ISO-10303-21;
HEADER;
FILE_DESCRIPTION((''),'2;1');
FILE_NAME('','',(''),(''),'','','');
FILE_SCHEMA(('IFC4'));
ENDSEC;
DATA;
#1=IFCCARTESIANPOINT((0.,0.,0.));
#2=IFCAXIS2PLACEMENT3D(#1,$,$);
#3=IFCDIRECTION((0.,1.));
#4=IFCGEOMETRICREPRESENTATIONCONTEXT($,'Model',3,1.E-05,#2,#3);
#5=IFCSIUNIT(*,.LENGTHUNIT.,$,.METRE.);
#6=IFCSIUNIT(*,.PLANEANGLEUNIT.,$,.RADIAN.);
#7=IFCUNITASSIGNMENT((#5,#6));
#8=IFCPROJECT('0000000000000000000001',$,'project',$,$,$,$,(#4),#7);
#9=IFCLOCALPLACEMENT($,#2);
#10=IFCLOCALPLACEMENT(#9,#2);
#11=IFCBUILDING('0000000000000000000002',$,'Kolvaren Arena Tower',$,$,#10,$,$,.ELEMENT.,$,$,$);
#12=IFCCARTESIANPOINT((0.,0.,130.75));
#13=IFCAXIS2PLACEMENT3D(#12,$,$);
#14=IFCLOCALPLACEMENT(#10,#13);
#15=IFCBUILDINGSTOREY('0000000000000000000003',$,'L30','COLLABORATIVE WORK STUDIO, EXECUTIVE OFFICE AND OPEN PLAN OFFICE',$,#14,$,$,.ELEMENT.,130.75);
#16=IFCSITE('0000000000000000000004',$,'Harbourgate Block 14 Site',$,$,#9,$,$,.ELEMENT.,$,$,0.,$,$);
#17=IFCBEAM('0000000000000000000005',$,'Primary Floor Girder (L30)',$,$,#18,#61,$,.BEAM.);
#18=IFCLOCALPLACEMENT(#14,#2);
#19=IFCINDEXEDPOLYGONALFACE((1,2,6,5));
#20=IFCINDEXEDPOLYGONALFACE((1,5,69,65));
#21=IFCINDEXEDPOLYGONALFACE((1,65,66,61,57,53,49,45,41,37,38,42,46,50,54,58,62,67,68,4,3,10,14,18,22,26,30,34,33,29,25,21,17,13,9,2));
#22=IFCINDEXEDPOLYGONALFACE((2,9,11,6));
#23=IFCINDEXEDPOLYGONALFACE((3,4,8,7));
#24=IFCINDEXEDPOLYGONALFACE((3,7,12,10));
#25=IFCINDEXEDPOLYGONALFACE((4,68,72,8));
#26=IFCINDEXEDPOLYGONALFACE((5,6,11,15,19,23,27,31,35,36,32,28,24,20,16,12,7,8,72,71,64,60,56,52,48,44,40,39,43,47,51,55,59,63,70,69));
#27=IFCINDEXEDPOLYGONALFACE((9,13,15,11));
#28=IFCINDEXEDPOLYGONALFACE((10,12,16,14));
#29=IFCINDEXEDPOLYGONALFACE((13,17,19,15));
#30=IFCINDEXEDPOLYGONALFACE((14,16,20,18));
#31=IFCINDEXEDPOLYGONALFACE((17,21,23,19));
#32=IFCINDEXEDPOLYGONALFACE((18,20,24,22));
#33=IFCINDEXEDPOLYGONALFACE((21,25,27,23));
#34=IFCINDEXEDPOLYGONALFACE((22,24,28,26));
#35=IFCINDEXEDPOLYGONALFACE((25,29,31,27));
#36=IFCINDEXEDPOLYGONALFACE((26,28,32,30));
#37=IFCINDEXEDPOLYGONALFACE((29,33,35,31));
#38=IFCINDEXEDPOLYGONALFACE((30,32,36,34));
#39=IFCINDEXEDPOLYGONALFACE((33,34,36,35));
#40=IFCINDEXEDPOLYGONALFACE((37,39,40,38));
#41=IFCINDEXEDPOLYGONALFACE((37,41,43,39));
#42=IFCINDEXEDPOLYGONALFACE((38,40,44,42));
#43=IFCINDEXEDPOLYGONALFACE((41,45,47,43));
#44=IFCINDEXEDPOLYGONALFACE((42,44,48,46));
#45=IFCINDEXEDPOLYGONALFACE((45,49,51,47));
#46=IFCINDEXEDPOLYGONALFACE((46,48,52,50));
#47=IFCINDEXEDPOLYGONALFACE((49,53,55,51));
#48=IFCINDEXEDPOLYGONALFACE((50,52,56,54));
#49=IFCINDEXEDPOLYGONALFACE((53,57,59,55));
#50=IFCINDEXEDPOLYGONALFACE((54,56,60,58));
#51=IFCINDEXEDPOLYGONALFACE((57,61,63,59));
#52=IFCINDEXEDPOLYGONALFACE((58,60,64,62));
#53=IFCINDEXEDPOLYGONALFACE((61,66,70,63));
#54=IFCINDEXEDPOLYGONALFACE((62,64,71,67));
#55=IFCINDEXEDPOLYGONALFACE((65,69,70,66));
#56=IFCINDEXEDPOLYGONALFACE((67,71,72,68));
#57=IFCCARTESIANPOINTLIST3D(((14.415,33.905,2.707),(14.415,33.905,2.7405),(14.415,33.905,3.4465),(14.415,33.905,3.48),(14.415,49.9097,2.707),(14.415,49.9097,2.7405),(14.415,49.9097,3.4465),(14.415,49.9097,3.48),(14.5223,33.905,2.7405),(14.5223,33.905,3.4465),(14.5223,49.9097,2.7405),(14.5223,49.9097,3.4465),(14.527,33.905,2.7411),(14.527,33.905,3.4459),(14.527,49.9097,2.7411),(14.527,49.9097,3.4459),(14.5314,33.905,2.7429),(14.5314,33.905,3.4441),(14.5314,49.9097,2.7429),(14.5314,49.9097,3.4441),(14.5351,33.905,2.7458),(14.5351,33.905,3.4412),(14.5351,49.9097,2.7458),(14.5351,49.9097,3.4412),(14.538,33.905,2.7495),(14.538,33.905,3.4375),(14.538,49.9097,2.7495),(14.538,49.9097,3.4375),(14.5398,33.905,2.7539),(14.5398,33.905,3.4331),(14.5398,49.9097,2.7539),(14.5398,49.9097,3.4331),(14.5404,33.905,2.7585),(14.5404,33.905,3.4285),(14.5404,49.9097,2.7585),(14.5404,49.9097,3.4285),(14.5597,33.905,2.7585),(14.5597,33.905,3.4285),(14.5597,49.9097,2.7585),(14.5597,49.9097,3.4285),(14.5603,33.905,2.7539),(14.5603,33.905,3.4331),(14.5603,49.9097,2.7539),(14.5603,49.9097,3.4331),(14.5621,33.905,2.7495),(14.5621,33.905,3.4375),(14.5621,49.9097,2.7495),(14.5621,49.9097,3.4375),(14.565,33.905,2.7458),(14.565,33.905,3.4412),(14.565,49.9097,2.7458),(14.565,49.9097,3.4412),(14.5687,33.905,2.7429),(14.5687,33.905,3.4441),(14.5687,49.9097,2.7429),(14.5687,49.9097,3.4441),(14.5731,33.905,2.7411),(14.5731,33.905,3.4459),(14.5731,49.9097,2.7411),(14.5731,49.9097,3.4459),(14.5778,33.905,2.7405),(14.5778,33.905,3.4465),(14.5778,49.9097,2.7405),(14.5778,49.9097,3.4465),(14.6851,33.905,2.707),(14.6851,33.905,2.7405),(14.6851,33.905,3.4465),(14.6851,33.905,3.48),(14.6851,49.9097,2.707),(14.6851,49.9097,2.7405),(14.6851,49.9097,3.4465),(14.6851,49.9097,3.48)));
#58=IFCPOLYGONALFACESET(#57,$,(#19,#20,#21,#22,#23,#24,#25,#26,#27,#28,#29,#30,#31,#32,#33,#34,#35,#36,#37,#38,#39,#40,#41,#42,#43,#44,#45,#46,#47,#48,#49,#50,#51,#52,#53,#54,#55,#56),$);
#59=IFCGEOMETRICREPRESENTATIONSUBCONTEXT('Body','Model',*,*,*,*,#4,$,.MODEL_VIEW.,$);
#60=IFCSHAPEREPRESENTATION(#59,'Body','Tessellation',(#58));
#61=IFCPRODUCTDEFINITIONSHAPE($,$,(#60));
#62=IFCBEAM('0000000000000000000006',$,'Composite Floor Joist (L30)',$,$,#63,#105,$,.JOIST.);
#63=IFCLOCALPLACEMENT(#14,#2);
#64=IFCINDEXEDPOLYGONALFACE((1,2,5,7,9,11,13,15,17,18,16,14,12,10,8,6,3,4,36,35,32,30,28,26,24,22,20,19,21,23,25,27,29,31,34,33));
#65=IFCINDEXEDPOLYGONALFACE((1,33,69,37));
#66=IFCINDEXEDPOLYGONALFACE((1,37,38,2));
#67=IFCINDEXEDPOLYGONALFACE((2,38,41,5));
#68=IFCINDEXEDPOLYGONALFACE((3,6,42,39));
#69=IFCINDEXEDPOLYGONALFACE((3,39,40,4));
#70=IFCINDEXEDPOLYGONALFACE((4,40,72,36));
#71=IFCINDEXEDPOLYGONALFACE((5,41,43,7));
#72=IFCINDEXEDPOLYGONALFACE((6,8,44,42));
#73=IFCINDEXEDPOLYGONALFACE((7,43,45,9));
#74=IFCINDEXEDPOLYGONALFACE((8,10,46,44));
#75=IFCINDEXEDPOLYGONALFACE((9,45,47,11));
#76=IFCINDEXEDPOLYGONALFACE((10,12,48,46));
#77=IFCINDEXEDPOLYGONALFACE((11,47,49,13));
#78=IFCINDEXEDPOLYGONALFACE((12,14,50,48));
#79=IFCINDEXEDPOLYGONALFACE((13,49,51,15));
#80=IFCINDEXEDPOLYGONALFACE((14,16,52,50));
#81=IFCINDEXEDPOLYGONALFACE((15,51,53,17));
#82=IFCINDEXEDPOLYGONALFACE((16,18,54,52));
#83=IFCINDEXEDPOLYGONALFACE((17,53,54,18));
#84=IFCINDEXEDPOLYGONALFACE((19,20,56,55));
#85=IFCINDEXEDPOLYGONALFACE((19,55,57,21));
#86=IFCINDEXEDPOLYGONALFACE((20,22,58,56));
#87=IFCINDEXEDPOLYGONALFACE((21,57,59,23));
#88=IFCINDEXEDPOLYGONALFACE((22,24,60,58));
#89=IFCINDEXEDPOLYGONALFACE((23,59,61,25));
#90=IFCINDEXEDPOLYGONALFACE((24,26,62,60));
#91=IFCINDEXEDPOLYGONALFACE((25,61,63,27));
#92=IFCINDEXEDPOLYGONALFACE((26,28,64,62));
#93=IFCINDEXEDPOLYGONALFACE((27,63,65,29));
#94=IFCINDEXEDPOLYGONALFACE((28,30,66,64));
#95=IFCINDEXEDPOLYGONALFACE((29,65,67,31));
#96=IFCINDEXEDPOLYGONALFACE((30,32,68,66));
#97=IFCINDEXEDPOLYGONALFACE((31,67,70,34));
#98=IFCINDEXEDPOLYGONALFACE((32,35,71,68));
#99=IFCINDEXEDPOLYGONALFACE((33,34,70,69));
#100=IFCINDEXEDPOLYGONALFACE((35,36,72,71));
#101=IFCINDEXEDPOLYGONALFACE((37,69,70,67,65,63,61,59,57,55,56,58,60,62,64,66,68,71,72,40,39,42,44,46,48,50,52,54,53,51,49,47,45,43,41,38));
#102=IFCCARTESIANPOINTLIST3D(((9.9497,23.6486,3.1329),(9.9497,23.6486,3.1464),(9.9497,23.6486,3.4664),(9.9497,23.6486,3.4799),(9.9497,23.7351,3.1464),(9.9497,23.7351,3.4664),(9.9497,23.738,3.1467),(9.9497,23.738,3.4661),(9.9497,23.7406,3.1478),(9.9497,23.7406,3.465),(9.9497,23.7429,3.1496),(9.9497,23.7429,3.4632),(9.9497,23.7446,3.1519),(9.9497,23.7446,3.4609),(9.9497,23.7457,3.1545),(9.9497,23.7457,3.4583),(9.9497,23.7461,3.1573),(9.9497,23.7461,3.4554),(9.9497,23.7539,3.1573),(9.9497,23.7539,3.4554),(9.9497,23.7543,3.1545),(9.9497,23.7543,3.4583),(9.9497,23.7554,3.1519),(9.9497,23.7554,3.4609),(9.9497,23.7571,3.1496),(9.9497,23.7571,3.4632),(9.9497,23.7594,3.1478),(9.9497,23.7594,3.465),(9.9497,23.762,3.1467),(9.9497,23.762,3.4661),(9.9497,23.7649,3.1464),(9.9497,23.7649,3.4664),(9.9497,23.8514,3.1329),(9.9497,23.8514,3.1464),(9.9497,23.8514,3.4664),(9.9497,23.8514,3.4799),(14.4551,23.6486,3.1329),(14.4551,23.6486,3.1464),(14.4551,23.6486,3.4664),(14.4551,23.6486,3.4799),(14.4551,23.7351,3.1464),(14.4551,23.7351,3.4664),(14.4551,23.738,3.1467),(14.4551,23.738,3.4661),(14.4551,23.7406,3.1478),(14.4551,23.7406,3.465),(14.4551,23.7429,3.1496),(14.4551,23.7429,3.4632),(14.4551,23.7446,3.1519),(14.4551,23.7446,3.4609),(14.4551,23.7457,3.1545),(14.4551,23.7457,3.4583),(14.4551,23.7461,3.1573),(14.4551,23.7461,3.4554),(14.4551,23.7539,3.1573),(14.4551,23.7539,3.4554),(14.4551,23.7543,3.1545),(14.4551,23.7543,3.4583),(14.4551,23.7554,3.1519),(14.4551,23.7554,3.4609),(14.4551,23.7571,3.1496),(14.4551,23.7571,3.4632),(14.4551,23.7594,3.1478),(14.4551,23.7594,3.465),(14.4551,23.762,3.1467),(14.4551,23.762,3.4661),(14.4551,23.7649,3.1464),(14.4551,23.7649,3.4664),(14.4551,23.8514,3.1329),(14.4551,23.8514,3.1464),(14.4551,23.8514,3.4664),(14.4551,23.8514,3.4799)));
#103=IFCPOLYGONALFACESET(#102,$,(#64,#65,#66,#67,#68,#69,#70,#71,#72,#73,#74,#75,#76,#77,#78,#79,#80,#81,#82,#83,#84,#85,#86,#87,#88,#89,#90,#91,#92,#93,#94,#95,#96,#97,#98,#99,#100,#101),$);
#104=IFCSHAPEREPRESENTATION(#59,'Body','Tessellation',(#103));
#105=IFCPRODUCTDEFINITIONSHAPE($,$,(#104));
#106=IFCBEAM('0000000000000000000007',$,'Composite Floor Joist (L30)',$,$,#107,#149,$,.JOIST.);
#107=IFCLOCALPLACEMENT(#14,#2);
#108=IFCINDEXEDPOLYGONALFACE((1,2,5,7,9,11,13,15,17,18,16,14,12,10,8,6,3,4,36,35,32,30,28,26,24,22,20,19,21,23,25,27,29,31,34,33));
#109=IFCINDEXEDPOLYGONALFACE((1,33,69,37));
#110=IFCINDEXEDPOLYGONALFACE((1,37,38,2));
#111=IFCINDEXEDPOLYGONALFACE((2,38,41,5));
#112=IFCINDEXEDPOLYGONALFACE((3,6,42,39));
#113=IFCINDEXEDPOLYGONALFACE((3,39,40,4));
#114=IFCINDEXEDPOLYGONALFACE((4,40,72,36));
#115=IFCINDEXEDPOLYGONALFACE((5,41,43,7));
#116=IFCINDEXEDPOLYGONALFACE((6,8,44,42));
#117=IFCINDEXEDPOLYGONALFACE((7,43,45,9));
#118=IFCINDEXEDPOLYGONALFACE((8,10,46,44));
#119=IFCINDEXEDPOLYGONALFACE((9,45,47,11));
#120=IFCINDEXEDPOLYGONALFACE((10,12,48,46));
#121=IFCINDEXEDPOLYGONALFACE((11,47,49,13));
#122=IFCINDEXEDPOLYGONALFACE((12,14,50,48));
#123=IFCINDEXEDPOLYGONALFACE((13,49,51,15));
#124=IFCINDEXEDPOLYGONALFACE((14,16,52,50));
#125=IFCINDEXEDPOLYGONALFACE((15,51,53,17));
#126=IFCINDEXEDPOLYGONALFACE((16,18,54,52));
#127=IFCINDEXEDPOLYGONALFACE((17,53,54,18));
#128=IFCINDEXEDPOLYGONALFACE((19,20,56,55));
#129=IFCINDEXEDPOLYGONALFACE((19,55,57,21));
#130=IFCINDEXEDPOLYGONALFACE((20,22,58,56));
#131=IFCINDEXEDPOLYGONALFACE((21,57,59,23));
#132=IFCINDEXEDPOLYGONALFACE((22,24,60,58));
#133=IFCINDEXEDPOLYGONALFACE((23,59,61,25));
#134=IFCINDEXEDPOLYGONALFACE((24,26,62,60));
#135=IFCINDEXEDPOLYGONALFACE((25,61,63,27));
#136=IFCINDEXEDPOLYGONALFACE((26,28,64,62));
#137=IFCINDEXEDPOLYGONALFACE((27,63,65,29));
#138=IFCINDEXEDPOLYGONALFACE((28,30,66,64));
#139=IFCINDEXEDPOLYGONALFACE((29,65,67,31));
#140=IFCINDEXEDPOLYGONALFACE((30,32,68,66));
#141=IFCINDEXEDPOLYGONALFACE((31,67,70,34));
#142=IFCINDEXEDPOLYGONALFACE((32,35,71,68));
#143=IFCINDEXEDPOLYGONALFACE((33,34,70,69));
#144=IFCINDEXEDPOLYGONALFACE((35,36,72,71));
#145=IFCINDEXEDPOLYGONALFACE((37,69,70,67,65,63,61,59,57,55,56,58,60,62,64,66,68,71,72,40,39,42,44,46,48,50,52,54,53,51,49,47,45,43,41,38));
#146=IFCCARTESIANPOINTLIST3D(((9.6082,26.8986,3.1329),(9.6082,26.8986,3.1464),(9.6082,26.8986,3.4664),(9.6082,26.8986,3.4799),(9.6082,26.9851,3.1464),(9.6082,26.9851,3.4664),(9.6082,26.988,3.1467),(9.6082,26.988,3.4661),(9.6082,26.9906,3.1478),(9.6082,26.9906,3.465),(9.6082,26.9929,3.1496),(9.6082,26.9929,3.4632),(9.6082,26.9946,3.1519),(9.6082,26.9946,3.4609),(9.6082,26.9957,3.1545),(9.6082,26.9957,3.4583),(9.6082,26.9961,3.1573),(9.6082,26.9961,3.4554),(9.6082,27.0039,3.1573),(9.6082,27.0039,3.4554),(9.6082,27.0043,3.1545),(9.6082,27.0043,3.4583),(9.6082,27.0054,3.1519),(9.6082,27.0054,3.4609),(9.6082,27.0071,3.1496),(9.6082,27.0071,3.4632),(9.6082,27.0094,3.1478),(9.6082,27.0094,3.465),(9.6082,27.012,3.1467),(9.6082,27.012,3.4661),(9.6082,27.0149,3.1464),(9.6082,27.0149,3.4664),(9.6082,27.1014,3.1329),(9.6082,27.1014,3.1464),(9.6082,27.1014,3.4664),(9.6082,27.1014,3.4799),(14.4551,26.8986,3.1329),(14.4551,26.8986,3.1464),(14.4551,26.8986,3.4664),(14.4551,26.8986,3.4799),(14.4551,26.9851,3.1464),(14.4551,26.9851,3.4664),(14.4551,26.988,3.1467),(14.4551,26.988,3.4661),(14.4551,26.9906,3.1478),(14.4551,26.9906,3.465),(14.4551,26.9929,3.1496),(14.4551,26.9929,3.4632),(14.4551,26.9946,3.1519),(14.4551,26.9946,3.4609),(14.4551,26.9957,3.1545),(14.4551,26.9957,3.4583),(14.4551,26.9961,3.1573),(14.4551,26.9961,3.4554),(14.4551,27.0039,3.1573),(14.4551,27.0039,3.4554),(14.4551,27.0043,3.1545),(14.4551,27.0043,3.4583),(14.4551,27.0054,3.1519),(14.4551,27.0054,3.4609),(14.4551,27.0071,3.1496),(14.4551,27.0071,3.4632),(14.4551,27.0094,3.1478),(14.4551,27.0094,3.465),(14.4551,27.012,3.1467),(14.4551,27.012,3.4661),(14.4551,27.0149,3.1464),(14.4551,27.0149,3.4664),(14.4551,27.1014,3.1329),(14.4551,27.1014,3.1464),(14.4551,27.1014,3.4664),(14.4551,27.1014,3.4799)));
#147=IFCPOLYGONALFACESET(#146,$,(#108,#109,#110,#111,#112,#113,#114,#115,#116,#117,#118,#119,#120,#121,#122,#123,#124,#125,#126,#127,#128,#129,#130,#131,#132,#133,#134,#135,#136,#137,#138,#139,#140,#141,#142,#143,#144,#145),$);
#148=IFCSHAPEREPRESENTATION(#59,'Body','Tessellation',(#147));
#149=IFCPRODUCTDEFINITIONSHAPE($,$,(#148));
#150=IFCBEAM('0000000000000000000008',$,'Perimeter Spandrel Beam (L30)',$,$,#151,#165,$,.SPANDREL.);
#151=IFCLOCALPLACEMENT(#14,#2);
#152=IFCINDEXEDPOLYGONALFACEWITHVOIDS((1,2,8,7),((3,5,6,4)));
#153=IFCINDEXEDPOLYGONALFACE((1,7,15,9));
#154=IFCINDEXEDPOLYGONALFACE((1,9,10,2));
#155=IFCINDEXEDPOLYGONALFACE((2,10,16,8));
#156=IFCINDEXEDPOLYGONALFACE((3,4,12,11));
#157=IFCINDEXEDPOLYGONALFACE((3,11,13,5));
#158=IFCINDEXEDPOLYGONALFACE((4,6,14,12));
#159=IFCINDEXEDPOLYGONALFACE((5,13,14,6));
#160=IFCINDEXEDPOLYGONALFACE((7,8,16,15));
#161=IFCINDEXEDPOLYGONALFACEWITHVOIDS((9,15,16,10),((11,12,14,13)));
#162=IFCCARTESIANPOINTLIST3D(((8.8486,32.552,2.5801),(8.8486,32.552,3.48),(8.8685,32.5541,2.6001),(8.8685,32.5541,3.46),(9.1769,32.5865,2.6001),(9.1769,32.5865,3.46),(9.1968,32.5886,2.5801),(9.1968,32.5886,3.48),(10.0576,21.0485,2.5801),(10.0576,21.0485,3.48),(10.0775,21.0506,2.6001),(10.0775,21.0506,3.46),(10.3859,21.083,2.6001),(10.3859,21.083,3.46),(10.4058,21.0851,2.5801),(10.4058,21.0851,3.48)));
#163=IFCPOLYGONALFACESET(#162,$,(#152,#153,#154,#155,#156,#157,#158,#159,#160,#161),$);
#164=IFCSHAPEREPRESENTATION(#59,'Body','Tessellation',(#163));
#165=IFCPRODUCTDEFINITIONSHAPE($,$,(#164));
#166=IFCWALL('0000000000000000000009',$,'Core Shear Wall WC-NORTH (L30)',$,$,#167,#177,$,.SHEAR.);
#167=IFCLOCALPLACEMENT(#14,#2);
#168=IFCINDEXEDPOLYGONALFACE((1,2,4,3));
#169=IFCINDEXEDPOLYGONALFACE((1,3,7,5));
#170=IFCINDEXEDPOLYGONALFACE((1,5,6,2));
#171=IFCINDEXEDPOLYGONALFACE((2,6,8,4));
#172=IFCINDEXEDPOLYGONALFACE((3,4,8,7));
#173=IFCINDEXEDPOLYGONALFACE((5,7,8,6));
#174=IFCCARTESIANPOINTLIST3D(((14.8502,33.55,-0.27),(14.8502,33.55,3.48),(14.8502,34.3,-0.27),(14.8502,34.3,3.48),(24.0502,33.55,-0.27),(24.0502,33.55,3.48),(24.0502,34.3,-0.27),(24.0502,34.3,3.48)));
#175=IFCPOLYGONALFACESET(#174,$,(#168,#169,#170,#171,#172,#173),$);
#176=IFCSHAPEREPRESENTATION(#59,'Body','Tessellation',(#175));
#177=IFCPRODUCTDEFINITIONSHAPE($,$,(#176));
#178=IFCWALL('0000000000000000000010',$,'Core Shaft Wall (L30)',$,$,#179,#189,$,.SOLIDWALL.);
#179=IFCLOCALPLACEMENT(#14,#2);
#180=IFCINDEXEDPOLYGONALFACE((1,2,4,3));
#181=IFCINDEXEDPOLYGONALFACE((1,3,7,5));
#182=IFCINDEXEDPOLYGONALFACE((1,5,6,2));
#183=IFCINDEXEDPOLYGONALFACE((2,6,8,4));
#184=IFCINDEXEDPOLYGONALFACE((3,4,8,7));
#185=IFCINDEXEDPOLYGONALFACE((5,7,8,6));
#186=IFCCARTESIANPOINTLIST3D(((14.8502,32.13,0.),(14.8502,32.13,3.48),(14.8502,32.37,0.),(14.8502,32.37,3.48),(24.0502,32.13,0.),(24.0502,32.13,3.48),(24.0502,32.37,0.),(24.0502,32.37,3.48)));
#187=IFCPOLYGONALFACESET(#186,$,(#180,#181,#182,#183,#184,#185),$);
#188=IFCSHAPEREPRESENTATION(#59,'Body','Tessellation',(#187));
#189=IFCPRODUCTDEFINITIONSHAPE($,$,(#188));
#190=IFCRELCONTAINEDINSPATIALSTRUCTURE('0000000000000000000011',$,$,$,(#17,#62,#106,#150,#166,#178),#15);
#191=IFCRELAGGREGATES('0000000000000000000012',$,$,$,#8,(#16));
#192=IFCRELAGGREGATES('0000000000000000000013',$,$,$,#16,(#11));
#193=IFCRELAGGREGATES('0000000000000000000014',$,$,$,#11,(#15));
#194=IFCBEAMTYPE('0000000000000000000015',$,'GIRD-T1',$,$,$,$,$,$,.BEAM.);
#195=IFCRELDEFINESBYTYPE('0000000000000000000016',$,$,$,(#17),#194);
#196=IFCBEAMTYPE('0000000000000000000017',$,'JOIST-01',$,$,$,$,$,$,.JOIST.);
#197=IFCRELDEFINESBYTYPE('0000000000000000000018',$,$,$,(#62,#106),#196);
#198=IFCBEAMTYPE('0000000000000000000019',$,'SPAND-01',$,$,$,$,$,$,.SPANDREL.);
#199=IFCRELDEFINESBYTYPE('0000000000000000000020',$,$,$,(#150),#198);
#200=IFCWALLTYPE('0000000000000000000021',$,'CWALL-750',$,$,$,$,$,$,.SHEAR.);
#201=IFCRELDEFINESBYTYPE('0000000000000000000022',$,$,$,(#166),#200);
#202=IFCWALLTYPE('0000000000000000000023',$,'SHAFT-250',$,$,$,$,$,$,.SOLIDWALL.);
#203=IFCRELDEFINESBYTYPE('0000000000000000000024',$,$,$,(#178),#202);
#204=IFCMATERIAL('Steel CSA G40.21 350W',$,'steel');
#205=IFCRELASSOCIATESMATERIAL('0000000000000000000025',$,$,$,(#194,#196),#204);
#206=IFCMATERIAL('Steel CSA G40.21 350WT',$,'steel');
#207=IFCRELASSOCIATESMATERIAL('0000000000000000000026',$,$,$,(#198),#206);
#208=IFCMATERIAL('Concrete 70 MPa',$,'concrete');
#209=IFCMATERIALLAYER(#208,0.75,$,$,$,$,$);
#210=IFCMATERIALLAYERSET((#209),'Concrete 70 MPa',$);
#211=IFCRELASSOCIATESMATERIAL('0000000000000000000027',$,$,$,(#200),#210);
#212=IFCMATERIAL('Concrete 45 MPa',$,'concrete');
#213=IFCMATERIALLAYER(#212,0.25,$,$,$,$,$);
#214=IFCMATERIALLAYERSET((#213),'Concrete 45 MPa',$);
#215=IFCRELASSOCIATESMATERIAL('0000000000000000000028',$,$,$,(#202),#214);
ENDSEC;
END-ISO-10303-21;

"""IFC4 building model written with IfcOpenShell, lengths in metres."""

from ifc_helpers import new_model, si_unit, direction, frame, frame_2d, origin, origin_2d, place, context, subcontext, project, spatial, rectangle, hollow_rectangle, i_section, extrude, material, layer, layer_set, material_profile, profile_set, type_object, element, save


model = new_model("IFC4")

# Units and contexts
model_context = context("Model", 3, precision=1e-05, world=origin(), true_north=direction((0.0, 1.0)))
body_context = subcontext(model_context, "Body", "Model", "MODEL_VIEW")
ifc_project = project(units=[si_unit("LENGTHUNIT", "METRE"), si_unit("PLANEANGLEUNIT", "RADIAN")], contexts=[model_context])

# Site, building, storey
site_placement = place(None, origin())
site = spatial("IfcSite", under=ifc_project, at=site_placement, Name="Harbourgate Block 14 Site", CompositionType="ELEMENT", RefElevation=0.0)
building_placement = place(site_placement, origin())
building = spatial("IfcBuilding", under=site, at=building_placement, Name="Kolvaren Arena Tower", CompositionType="ELEMENT")
storey_placement = place(building_placement, frame((0.0, 0.0, 130.75)))
storey = spatial("IfcBuildingStorey", under=building, at=storey_placement, Name="L30", Description="COLLABORATIVE WORK STUDIO, EXECUTIVE OFFICE AND OPEN PLAN OFFICE", CompositionType="ELEMENT", Elevation=130.75)

# Beams
ifc_material_1 = material(Name="Steel CSA G40.21 350W", Category="steel")
ifc_material_profile_1 = material_profile(ifc_material_1, i_section(OverallWidth=0.27, OverallDepth=0.7729, WebThickness=0.0193, FlangeThickness=0.0334, FilletRadius=0.0181, at=origin_2d()), Name="W760x257")
ifc_profile_set_1 = profile_set([ifc_material_profile_1], Name="Steel CSA G40.21 350W")
beam_type_1 = type_object("IfcBeamType", Name="GIRD-T1", PredefinedType="BEAM", material=ifc_profile_set_1)
beam_1_placement = place(storey_placement, frame((14.55, 33.905, 3.0935), z_axis=(0.0, 1.0, 0.0), x_axis=(-1.0, 0.0, 0.0)))
element("IfcBeam", 1, at=beam_1_placement, inside=storey, type_object=beam_type_1, Name="Primary Floor Girder (L30)", PredefinedType="BEAM", context=body_context, shape_type="SweptSolid", body=[
    extrude(i_section(OverallWidth=0.27, OverallDepth=0.7729, WebThickness=0.0193, FlangeThickness=0.0334, FilletRadius=0.0181, at=origin_2d()), origin(), (0.0, 0.0, 1.0), 16.0046),
])
ifc_material_profile_2 = material_profile(ifc_material_1, i_section(OverallWidth=0.2029, OverallDepth=0.3469, WebThickness=0.0078, FlangeThickness=0.0134, FilletRadius=0.011, at=origin_2d()), Name="W360x64")
ifc_profile_set_2 = profile_set([ifc_material_profile_2], Name="Steel CSA G40.21 350W")
beam_type_2 = type_object("IfcBeamType", Name="JOIST-01", PredefinedType="JOIST", material=ifc_profile_set_2)
beam_2_placement = place(storey_placement, frame((9.9497, 23.75, 3.3064), z_axis=(1.0, 0.0, 0.0), x_axis=(0.0, 1.0, 0.0)))
element("IfcBeam", 2, at=beam_2_placement, inside=storey, type_object=beam_type_2, Name="Composite Floor Joist (L30)", PredefinedType="JOIST", context=body_context, shape_type="SweptSolid", body=[
    extrude(i_section(OverallWidth=0.2029, OverallDepth=0.3469, WebThickness=0.0078, FlangeThickness=0.0134, FilletRadius=0.011, at=origin_2d()), origin(), (0.0, 0.0, 1.0), 4.5054),
])
beam_3_placement = place(storey_placement, frame((9.6082, 27.0, 3.3064), z_axis=(1.0, 0.0, 0.0), x_axis=(0.0, 1.0, 0.0)))
element("IfcBeam", 3, at=beam_3_placement, inside=storey, type_object=beam_type_2, Name="Composite Floor Joist (L30)", PredefinedType="JOIST", context=body_context, shape_type="SweptSolid", body=[
    extrude(i_section(OverallWidth=0.2029, OverallDepth=0.3469, WebThickness=0.0078, FlangeThickness=0.0134, FilletRadius=0.011, at=origin_2d()), origin(), (0.0, 0.0, 1.0), 4.8469),
])
ifc_material_2 = material(Name="Steel CSA G40.21 350WT", Category="steel")
ifc_material_profile_3 = material_profile(ifc_material_2, hollow_rectangle(XDim=0.3501, YDim=0.8999, WallThickness=0.02, at=origin_2d()), Name="HSS 900x350x20")
ifc_profile_set_3 = profile_set([ifc_material_profile_3], Name="Steel CSA G40.21 350WT")
beam_type_3 = type_object("IfcBeamType", Name="SPAND-01", PredefinedType="SPANDREL", material=ifc_profile_set_3)
beam_4_placement = place(storey_placement, frame((9.0227, 32.5703, 3.03), z_axis=(0.104522, -0.994523, 0.0), x_axis=(0.994523, 0.104522, 0.0)))
element("IfcBeam", 4, at=beam_4_placement, inside=storey, type_object=beam_type_3, Name="Perimeter Spandrel Beam (L30)", PredefinedType="SPANDREL", context=body_context, shape_type="SweptSolid", body=[
    extrude(hollow_rectangle(XDim=0.3501, YDim=0.8999, WallThickness=0.02, at=origin_2d()), origin(), (0.0, 0.0, 1.0), 11.5669),
])

# Walls
ifc_material_3 = material(Name="Concrete 70 MPa", Category="concrete")
ifc_layer_1 = layer(ifc_material_3, 0.75)
ifc_layer_set_1 = layer_set([ifc_layer_1], Name="Concrete 70 MPa")
wall_type_1 = type_object("IfcWallType", Name="CWALL-750", PredefinedType="SHEAR", material=ifc_layer_set_1)
wall_1_placement = place(storey_placement, frame((14.8501, 33.925, -0.27), z_axis=(0.0, 0.0, 1.0), x_axis=(1.0, 0.0, 0.0)))
element("IfcWall", 5, at=wall_1_placement, inside=storey, type_object=wall_type_1, Name="Core Shear Wall WC-NORTH (L30)", PredefinedType="SHEAR", context=body_context, shape_type="SweptSolid", body=[
    extrude(rectangle(XDim=9.2, YDim=0.75, at=frame_2d((4.6001, 0.0))), origin(), (0.0, 0.0, 1.0), 3.75),
])
ifc_material_4 = material(Name="Concrete 45 MPa", Category="concrete")
ifc_layer_2 = layer(ifc_material_4, 0.25)
ifc_layer_set_2 = layer_set([ifc_layer_2], Name="Concrete 45 MPa")
wall_type_2 = type_object("IfcWallType", Name="SHAFT-250", PredefinedType="SOLIDWALL", material=ifc_layer_set_2)
wall_2_placement = place(storey_placement, frame((14.8501, 32.25, 0.0), z_axis=(0.0, 0.0, 1.0), x_axis=(1.0, 0.0, 0.0)))
element("IfcWall", 6, at=wall_2_placement, inside=storey, type_object=wall_type_2, Name="Core Shaft Wall (L30)", PredefinedType="SOLIDWALL", context=body_context, shape_type="SweptSolid", body=[
    extrude(rectangle(XDim=9.2, YDim=0.24, at=frame_2d((4.6001, 0.0))), origin(), (0.0, 0.0, 1.0), 3.48),
])

save(model, "model.ifc")
